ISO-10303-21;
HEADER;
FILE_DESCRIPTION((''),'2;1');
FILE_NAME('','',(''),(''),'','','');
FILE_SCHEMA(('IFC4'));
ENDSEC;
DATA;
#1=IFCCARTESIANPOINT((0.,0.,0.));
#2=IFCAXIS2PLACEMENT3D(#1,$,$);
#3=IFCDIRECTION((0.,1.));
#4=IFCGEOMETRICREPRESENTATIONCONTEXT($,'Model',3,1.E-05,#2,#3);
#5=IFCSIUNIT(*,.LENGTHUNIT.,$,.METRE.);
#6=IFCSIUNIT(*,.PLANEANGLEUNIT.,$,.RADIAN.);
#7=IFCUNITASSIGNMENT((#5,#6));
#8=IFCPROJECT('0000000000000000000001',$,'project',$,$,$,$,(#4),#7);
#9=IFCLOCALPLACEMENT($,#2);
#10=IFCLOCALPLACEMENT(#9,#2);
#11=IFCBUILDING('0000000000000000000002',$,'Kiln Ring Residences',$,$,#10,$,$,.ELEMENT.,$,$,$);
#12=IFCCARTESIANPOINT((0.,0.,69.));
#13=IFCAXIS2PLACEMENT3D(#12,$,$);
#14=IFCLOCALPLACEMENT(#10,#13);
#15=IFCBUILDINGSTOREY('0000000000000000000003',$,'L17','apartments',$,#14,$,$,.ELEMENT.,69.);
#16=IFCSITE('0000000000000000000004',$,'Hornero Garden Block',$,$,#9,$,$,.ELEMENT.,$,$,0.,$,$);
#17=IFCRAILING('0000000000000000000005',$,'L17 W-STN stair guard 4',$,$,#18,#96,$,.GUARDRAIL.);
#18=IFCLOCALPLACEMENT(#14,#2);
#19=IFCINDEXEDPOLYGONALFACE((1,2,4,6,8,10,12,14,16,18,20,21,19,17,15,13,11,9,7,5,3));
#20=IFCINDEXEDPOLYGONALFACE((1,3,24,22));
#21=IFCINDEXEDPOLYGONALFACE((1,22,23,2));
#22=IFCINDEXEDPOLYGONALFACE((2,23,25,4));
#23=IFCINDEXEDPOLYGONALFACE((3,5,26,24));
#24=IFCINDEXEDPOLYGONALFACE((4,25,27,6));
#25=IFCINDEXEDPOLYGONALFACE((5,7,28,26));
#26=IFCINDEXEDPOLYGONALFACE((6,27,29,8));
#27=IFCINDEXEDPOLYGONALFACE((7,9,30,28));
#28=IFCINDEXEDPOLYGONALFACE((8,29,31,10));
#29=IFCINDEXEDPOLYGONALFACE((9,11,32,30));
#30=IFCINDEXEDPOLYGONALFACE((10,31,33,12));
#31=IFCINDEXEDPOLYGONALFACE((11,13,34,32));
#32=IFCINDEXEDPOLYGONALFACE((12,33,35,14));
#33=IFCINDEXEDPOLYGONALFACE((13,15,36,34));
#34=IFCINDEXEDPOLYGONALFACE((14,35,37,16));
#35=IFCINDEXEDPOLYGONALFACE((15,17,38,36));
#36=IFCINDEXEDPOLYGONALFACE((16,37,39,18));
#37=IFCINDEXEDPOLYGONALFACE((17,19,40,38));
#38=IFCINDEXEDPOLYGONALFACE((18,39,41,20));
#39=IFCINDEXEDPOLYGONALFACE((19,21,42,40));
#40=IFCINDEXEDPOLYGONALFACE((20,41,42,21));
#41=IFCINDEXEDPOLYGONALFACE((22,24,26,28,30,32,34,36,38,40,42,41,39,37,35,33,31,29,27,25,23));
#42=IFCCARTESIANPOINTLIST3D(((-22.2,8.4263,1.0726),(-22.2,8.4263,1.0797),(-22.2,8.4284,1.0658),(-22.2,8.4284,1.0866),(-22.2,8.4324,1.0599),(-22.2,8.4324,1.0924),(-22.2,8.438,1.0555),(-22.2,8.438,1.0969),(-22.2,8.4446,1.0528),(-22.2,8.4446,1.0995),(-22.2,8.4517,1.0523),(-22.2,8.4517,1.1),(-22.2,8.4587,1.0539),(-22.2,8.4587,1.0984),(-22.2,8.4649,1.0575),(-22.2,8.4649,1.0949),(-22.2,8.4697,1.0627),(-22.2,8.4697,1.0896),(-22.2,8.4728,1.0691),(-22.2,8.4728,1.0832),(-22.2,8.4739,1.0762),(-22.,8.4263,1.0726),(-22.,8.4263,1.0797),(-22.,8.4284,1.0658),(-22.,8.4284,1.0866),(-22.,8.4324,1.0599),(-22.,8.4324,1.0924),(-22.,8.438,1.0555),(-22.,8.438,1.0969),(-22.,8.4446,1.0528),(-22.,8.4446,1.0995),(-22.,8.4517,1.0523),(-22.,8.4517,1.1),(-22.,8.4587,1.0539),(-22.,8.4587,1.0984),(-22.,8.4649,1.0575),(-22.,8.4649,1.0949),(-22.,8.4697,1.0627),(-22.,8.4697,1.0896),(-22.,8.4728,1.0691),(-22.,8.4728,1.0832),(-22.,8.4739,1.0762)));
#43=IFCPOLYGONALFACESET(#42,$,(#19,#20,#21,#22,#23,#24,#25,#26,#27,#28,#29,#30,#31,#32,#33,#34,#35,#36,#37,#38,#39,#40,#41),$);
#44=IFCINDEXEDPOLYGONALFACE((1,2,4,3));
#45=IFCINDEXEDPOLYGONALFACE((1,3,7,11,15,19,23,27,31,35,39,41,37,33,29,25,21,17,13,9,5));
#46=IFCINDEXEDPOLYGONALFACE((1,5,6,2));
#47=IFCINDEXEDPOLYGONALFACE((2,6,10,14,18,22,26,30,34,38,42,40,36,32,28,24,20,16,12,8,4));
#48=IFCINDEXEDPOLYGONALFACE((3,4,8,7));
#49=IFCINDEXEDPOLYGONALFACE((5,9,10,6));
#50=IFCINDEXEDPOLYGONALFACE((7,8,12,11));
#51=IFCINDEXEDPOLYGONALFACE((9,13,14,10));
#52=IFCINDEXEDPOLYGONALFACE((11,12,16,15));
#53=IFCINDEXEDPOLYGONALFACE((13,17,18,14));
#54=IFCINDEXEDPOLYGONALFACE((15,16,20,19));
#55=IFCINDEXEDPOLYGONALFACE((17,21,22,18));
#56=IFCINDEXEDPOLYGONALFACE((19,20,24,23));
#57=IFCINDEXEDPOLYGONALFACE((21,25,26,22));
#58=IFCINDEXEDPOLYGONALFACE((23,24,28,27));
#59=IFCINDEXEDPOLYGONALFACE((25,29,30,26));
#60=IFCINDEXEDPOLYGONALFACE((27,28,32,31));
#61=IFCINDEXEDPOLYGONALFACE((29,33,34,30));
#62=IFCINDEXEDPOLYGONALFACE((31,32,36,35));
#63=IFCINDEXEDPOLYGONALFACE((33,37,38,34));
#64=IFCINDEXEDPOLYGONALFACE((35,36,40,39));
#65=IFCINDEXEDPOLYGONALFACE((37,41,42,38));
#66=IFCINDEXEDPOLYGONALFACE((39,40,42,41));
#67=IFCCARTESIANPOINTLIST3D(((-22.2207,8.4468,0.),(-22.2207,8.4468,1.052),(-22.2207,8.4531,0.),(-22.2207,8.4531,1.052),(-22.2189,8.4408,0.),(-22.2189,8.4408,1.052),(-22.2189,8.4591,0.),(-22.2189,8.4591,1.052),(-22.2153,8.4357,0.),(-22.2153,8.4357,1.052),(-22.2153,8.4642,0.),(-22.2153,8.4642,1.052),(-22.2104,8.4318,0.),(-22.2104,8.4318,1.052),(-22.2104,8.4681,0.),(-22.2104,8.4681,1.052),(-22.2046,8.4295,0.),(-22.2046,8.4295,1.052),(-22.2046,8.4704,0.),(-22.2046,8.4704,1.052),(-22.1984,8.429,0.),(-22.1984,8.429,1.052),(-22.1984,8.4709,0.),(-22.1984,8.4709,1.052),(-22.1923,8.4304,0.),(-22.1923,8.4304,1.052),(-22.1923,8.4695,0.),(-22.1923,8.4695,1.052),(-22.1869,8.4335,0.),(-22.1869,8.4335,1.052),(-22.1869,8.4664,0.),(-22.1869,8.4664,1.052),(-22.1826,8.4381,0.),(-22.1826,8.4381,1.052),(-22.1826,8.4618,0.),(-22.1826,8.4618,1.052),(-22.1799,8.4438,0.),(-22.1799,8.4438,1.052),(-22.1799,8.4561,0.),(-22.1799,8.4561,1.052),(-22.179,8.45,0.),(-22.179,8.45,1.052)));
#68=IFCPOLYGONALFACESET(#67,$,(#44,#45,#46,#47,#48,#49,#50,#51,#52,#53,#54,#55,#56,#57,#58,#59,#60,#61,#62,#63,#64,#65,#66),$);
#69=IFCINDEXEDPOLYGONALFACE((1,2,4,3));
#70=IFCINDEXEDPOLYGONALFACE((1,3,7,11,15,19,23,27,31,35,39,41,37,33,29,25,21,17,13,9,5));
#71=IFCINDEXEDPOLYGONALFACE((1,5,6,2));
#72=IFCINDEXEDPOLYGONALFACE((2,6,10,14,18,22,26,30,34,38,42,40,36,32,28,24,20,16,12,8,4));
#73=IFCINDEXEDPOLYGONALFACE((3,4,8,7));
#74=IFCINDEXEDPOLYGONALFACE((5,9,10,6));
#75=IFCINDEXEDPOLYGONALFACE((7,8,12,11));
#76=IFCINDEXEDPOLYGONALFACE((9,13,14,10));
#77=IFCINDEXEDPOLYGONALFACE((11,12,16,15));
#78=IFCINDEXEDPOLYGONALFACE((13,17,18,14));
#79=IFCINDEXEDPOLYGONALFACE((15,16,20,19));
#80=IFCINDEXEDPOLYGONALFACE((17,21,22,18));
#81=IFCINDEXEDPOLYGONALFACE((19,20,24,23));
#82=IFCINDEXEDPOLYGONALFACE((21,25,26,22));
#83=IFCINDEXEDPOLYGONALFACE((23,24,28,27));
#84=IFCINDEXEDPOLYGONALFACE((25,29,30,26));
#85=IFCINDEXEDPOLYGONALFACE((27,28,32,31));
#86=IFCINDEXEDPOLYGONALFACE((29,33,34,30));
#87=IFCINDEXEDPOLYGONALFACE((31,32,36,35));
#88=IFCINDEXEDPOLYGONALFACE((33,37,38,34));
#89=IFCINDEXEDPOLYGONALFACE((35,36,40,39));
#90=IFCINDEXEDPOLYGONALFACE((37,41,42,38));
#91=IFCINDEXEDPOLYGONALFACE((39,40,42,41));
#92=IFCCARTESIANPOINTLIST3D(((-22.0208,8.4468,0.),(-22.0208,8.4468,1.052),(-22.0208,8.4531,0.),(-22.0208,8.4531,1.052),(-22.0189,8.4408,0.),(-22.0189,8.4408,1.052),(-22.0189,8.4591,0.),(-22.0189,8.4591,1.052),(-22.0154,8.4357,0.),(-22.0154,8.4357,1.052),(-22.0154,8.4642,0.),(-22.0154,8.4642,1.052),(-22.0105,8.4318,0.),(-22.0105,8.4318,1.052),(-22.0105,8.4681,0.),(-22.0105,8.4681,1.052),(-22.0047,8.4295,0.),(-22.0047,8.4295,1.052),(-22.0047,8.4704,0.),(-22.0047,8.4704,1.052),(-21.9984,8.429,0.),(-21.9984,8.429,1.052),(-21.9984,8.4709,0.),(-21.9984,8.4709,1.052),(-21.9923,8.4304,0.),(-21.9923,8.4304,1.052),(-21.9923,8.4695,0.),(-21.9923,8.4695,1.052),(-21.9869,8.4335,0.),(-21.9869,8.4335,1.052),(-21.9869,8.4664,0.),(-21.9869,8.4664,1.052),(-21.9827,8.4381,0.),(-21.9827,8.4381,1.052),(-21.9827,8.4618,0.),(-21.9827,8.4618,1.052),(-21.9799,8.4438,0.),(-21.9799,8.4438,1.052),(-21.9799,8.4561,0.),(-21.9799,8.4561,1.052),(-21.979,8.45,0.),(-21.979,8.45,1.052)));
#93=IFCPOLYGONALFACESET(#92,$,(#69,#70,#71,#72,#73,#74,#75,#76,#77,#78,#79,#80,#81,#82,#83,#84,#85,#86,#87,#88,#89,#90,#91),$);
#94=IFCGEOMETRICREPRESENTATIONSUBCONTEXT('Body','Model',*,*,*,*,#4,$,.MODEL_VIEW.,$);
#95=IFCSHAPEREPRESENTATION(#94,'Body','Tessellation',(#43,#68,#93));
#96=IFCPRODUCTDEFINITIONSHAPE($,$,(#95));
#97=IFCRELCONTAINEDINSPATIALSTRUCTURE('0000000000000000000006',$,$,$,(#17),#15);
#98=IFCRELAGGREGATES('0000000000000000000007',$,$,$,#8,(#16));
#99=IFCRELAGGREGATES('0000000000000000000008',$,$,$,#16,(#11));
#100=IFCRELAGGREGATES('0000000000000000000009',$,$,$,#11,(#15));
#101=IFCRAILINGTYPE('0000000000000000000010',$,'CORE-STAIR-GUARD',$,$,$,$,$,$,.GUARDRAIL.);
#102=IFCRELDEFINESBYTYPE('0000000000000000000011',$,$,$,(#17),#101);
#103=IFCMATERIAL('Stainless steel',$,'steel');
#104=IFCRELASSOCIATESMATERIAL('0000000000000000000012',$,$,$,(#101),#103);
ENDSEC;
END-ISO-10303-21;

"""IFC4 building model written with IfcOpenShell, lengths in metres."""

from ifc_helpers import new_model, si_unit, direction, frame, origin, origin_2d, place, context, subcontext, project, spatial, circle, extrude, material, type_object, element, save


model = new_model("IFC4")

# Units and contexts
model_context = context("Model", 3, precision=1e-05, world=origin(), true_north=direction((0.0, 1.0)))
body_context = subcontext(model_context, "Body", "Model", "MODEL_VIEW")
ifc_project = project(units=[si_unit("LENGTHUNIT", "METRE"), si_unit("PLANEANGLEUNIT", "RADIAN")], contexts=[model_context])

# Site, building, storey
site_placement = place(None, origin())
site = spatial("IfcSite", under=ifc_project, at=site_placement, Name="Hornero Garden Block", CompositionType="ELEMENT", RefElevation=0.0)
building_placement = place(site_placement, origin())
building = spatial("IfcBuilding", under=site, at=building_placement, Name="Kiln Ring Residences", CompositionType="ELEMENT")
storey_placement = place(building_placement, frame((0.0, 0.0, 69.0)))
storey = spatial("IfcBuildingStorey", under=building, at=storey_placement, Name="L17", Description="apartments", CompositionType="ELEMENT", Elevation=69.0)

# Railing
ifc_material_1 = material(Name="Stainless steel", Category="steel")
railing_type_1 = type_object("IfcRailingType", Name="CORE-STAIR-GUARD", PredefinedType="GUARDRAIL", material=ifc_material_1)
railing_1_placement = place(storey_placement, frame((-22.2, 8.45, 0.0)))
element("IfcRailing", 1, at=railing_1_placement, inside=storey, type_object=railing_type_1, Name="L17 W-STN stair guard 4", PredefinedType="GUARDRAIL", context=body_context, shape_type="SweptSolid", body=[
    extrude(circle(Radius=0.0239, at=origin_2d()), frame((0.0, 0.0, 1.0762), z_axis=(1.0, 0.0, 0.0), x_axis=(0.0, 1.0, 0.0)), (0.0, 0.0, 1.0), 0.2),
    extrude(circle(Radius=0.021, at=origin_2d()), origin(), (0.0, 0.0, 1.0), 1.052),
    extrude(circle(Radius=0.021, at=origin_2d()), frame((0.2, 0.0, 0.0)), (0.0, 0.0, 1.0), 1.052),
])

save(model, "model.ifc")
